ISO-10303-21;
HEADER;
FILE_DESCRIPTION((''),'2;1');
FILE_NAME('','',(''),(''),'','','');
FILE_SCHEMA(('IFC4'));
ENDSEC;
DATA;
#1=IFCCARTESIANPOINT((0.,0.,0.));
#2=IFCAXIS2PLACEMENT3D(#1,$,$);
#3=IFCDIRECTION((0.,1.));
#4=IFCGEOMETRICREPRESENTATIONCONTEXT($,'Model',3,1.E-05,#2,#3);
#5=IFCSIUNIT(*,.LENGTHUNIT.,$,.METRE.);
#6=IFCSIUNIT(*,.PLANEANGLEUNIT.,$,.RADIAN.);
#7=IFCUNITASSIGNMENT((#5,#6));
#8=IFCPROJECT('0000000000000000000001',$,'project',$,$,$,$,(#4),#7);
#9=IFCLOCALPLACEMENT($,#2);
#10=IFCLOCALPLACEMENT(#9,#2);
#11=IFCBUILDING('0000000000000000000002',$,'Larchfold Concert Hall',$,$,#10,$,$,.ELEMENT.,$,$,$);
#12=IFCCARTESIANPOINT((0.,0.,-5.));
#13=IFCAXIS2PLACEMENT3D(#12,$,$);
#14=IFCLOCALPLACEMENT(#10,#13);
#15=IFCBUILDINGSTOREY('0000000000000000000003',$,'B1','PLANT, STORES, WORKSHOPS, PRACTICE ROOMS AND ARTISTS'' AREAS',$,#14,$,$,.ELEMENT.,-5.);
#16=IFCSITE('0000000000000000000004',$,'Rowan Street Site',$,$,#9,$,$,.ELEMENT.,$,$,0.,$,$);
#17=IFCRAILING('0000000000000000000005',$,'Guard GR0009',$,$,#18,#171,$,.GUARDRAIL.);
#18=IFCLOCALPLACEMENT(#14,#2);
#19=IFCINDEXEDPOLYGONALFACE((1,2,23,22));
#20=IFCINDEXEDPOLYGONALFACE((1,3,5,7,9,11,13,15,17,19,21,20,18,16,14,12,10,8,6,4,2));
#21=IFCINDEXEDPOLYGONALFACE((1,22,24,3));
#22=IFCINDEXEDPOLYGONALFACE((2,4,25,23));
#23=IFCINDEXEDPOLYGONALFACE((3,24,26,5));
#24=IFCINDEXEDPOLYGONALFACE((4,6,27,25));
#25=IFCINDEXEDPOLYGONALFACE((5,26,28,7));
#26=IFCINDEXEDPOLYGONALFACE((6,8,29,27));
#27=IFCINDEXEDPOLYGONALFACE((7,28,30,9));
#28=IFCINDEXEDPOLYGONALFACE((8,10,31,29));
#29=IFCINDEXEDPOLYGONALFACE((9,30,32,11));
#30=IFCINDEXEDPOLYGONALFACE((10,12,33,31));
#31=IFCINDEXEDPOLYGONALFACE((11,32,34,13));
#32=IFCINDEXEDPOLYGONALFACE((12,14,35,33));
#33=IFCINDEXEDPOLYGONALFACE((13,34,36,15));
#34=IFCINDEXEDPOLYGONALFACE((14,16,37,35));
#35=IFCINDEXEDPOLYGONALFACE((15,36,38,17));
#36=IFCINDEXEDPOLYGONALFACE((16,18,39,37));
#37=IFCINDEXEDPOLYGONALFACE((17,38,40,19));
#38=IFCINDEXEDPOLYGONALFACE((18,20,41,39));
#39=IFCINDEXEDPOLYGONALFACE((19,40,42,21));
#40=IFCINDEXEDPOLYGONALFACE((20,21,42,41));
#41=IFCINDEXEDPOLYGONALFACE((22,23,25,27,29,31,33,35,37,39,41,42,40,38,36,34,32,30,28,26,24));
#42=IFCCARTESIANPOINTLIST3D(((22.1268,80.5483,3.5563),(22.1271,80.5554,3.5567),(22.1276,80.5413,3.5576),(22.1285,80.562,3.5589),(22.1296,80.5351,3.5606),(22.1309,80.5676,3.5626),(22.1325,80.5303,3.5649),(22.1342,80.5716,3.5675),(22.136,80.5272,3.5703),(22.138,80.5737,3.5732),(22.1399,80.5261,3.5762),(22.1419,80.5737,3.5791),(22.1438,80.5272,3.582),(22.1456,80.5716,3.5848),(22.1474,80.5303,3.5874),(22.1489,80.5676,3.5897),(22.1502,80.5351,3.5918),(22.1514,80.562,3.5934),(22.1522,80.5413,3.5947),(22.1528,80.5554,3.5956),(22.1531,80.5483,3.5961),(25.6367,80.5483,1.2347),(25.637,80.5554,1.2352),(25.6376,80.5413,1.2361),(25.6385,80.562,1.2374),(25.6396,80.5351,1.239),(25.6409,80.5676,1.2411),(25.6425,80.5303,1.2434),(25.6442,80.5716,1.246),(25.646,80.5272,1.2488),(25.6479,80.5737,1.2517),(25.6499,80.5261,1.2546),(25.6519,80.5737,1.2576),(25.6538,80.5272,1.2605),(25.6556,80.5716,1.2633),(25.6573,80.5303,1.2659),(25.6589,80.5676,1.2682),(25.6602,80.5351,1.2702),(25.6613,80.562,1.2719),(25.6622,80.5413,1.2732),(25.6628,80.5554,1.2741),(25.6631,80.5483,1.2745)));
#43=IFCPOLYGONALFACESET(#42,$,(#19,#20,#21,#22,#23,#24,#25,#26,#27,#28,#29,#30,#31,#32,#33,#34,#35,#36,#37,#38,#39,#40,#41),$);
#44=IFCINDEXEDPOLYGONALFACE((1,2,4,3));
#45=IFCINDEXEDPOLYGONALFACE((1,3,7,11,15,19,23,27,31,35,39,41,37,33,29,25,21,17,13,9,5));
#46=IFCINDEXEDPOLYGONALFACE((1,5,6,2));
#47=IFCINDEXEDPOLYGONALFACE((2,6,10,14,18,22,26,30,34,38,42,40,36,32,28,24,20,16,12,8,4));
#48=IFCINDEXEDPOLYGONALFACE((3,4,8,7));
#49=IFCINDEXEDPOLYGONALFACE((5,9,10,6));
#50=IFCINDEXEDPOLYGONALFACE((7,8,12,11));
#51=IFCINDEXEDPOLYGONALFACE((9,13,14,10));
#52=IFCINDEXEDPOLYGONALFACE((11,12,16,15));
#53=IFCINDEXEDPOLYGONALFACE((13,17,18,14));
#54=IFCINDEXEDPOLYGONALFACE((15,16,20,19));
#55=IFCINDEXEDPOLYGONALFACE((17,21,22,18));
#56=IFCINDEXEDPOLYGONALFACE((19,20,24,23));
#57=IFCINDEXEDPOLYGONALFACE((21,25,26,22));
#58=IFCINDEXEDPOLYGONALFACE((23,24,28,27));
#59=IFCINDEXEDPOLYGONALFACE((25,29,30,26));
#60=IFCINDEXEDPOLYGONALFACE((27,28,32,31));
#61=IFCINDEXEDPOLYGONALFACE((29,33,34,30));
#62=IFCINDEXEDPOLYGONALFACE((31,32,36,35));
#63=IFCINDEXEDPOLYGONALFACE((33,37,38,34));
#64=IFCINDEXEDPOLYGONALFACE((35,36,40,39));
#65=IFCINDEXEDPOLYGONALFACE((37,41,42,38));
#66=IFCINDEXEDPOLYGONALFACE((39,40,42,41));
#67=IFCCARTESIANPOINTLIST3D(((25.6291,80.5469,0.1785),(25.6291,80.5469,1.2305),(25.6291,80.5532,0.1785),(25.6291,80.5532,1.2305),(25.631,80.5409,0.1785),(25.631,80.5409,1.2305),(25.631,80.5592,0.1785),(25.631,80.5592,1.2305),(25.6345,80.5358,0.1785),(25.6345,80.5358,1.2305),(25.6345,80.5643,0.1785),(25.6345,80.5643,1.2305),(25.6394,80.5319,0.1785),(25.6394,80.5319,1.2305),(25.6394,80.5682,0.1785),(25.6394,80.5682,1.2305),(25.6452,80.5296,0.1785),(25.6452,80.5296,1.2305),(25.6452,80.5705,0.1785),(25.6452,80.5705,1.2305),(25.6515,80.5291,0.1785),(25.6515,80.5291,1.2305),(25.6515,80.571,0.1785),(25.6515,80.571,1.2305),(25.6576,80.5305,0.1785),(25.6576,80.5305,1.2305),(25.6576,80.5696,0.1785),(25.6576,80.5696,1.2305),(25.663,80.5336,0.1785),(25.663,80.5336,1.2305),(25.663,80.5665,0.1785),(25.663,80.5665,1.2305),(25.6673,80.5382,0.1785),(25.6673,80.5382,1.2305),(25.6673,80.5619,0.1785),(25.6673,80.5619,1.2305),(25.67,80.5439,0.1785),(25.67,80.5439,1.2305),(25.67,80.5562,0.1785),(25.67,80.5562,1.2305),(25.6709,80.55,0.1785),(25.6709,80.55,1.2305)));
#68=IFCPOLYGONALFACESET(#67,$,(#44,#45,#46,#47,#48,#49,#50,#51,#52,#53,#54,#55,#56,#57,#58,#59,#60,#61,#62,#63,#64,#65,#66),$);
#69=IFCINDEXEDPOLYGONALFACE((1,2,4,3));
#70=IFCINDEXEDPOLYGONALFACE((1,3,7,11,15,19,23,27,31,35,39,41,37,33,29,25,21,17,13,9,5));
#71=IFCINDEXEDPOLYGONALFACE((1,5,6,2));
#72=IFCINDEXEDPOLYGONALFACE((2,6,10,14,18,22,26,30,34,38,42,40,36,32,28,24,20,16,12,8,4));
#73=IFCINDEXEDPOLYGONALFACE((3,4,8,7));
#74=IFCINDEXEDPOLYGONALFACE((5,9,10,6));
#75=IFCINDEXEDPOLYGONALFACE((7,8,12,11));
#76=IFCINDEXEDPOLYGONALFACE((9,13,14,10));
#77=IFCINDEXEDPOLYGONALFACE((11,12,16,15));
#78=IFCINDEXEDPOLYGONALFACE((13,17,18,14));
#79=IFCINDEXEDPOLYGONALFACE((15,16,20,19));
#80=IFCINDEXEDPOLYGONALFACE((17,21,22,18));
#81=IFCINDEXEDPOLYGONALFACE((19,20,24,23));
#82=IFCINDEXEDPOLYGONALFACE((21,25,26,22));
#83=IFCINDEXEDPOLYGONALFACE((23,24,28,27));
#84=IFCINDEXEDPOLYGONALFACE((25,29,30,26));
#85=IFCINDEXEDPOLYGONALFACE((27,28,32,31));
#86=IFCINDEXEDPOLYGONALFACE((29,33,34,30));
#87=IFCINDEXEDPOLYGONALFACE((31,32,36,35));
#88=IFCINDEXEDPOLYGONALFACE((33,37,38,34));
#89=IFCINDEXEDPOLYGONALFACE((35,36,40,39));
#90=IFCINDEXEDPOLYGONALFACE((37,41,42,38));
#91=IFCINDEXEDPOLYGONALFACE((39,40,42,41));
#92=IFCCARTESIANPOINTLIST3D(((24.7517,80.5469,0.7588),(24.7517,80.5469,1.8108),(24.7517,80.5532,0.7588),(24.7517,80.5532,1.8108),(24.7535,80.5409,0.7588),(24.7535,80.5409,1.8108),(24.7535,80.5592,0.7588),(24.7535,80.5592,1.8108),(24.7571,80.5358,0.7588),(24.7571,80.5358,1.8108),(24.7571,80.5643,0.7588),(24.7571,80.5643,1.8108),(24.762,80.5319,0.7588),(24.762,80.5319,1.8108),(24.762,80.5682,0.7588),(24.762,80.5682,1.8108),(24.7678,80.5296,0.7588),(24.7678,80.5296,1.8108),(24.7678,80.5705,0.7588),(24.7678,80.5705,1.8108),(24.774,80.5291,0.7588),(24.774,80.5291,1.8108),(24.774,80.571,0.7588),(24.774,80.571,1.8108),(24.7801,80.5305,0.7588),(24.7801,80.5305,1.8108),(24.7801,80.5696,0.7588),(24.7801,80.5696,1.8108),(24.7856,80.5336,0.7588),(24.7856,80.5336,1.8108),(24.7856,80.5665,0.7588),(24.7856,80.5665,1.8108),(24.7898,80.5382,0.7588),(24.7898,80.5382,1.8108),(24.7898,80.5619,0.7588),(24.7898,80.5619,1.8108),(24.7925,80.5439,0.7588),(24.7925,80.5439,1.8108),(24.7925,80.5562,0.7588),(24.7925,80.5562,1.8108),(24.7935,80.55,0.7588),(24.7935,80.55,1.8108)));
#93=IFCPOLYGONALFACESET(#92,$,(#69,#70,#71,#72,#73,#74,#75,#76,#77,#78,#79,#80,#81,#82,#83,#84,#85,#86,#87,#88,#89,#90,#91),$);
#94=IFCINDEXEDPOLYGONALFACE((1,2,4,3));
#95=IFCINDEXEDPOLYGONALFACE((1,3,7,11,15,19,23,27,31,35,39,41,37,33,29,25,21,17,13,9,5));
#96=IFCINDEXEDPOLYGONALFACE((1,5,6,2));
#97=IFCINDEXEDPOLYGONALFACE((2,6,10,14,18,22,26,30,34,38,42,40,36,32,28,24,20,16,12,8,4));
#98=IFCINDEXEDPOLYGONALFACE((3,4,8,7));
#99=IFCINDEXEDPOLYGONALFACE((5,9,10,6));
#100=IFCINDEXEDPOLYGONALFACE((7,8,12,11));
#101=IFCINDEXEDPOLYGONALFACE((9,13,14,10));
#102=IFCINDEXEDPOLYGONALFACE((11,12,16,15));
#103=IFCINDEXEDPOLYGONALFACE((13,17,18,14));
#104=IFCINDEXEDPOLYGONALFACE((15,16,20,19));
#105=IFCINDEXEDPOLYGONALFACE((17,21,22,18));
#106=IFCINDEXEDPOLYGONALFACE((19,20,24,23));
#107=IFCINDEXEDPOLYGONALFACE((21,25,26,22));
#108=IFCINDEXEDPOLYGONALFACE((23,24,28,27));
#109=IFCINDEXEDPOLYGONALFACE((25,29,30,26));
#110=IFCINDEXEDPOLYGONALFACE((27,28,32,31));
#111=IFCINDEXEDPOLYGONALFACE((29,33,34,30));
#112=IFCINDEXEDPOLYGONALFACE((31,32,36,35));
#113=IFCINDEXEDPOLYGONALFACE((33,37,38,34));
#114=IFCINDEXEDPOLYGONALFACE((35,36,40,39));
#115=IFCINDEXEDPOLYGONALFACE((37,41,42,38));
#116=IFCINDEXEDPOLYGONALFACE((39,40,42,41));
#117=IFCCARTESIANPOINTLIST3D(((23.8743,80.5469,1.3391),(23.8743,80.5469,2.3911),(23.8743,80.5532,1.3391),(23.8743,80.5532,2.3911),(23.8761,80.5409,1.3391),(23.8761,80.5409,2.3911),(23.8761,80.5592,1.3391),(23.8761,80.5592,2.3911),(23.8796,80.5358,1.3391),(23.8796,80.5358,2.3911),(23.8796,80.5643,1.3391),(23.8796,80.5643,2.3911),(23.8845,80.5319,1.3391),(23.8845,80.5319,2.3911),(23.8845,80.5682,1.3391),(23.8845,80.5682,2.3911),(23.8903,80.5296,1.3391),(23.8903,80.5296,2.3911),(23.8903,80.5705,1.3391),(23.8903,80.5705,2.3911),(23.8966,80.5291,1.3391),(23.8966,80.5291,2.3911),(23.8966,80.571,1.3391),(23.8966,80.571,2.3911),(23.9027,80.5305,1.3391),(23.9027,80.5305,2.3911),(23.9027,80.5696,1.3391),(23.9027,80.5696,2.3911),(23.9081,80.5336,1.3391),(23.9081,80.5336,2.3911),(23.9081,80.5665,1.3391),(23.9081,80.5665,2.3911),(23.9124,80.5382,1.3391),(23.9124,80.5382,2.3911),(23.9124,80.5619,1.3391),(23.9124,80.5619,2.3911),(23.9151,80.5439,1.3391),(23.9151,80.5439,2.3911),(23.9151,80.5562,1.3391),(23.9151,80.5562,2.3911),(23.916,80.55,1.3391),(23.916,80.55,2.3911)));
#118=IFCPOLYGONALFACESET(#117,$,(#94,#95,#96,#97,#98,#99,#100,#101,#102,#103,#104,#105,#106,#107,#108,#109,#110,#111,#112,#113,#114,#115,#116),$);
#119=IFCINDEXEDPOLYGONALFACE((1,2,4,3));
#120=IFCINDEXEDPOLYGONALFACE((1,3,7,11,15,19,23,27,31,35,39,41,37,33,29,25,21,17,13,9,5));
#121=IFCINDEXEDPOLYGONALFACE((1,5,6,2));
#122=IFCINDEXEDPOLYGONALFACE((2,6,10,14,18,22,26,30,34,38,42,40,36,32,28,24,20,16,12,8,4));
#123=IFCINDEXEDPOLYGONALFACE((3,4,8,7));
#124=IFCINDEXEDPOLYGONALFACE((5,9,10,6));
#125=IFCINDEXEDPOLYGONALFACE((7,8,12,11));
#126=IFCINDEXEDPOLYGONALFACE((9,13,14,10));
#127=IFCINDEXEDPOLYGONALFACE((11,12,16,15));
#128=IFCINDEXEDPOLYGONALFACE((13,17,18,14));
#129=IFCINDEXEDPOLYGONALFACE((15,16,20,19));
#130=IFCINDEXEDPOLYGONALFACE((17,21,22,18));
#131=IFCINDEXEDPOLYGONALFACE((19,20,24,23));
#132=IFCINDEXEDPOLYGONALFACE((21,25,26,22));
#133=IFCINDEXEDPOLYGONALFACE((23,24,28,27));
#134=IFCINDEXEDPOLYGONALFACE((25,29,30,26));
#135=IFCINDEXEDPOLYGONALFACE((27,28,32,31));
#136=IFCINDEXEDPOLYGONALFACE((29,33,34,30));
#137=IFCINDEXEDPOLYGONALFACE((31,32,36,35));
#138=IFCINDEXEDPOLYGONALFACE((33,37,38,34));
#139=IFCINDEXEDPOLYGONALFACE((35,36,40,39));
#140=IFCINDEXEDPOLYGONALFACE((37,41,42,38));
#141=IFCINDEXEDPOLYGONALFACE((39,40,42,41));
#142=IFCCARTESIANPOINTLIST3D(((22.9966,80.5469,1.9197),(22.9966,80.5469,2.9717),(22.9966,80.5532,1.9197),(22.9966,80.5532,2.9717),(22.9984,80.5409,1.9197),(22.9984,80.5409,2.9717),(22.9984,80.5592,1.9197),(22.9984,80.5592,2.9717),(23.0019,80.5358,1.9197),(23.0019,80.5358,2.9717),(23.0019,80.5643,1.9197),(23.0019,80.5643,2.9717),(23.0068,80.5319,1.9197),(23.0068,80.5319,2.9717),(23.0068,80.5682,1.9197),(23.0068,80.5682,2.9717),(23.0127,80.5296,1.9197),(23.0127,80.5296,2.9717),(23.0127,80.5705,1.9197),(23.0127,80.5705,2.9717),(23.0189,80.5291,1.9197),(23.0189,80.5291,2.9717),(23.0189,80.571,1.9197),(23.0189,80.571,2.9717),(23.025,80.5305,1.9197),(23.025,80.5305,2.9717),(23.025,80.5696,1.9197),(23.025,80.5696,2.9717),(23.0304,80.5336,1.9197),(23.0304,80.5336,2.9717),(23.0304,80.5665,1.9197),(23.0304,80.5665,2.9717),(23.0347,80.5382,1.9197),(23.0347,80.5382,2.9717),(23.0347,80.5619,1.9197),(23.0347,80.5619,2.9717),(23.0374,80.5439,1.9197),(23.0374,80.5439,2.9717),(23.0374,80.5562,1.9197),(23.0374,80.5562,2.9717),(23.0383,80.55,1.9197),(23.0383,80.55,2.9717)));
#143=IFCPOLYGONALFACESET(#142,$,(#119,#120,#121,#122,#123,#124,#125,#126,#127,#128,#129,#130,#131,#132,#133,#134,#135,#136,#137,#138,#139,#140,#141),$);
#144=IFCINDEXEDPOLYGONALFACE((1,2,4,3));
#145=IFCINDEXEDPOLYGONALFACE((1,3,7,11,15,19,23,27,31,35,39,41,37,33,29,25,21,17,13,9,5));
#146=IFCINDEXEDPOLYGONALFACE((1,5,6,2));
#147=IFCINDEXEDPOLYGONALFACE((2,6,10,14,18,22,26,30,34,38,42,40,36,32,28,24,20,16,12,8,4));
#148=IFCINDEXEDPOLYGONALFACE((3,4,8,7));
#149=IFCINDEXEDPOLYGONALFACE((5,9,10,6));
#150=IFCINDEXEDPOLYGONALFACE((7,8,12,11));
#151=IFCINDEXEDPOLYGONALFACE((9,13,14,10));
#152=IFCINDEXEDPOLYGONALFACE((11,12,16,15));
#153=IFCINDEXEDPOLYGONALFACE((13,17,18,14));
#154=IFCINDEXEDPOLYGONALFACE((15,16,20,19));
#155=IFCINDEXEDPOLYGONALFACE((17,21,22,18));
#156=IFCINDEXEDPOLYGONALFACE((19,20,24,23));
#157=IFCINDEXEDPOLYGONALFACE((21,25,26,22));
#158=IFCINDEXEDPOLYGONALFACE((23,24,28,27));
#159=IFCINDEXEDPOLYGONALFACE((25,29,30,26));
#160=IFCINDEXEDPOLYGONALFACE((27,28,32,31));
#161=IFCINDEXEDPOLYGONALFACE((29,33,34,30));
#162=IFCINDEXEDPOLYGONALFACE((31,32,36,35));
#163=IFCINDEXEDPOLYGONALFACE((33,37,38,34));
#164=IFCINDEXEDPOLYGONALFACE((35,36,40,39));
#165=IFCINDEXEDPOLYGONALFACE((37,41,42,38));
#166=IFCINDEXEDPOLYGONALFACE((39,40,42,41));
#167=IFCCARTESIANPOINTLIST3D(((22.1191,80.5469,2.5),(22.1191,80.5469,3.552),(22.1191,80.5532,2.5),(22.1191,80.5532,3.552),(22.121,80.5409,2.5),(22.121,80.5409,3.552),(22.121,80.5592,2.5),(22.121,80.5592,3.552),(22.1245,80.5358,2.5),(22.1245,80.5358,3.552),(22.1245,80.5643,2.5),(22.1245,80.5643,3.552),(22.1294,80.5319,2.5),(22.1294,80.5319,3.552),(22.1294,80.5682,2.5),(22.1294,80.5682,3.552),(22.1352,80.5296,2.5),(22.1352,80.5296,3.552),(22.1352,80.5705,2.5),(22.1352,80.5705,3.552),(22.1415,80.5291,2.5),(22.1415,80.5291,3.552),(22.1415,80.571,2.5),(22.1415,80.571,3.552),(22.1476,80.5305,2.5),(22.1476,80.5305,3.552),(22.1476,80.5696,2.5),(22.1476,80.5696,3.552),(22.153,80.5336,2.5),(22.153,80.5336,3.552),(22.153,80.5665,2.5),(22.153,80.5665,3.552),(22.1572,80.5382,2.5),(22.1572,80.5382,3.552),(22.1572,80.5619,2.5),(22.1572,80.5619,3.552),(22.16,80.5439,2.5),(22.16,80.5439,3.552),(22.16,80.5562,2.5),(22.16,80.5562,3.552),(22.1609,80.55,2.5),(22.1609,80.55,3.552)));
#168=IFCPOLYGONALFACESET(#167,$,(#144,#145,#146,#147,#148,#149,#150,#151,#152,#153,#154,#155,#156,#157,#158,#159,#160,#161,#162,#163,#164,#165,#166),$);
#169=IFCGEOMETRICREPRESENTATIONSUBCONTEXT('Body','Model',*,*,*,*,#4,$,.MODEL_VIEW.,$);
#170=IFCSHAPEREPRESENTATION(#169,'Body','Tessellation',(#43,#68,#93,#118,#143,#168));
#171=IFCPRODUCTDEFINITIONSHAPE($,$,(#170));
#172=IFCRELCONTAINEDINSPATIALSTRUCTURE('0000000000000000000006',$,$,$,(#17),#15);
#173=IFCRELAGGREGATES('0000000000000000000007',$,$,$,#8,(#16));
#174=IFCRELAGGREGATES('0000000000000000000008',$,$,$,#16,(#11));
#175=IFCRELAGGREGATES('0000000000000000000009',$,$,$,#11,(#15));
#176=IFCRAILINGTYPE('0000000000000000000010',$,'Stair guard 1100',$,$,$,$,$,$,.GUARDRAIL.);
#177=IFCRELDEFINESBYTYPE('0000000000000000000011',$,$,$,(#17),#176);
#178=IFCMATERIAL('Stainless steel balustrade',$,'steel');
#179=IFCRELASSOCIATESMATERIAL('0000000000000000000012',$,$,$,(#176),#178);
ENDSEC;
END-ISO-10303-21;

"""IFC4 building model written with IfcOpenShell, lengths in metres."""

from ifc_helpers import new_model, si_unit, direction, frame, origin, origin_2d, place, context, subcontext, project, spatial, circle, extrude, material, type_object, element, save


model = new_model("IFC4")

# Units and contexts
model_context = context("Model", 3, precision=1e-05, world=origin(), true_north=direction((0.0, 1.0)))
body_context = subcontext(model_context, "Body", "Model", "MODEL_VIEW")
ifc_project = project(units=[si_unit("LENGTHUNIT", "METRE"), si_unit("PLANEANGLEUNIT", "RADIAN")], contexts=[model_context])

# Site, building, storey
site_placement = place(None, origin())
site = spatial("IfcSite", under=ifc_project, at=site_placement, Name="Rowan Street Site", CompositionType="ELEMENT", RefElevation=0.0)
building_placement = place(site_placement, origin())
building = spatial("IfcBuilding", under=site, at=building_placement, Name="Larchfold Concert Hall", CompositionType="ELEMENT")
storey_placement = place(building_placement, frame((0.0, 0.0, -5.0)))
storey = spatial("IfcBuildingStorey", under=building, at=storey_placement, Name="B1", Description="PLANT, STORES, WORKSHOPS, PRACTICE ROOMS AND ARTISTS' AREAS", CompositionType="ELEMENT", Elevation=-5.0)

# Railing
ifc_material_1 = material(Name="Stainless steel balustrade", Category="steel")
railing_type_1 = type_object("IfcRailingType", Name="Stair guard 1100", PredefinedType="GUARDRAIL", material=ifc_material_1)
railing_1_placement = place(storey_placement, frame((25.6499, 80.55, 0.1785)))
element("IfcRailing", 1, at=railing_1_placement, inside=storey, type_object=railing_type_1, Name="Guard GR0009", PredefinedType="GUARDRAIL", context=body_context, shape_type="SweptSolid", body=[
    extrude(circle(Radius=0.0239, at=origin_2d()), frame((0.0, 0.0, 1.0762), z_axis=(-0.834071, 0.0, 0.551657), x_axis=(0.0, -1.0, 0.0)), (0.0, 0.0, 1.0), 4.2083),
    extrude(circle(Radius=0.021, at=origin_2d()), origin(), (0.0, 0.0, 1.0), 1.052),
    extrude(circle(Radius=0.021, at=origin_2d()), frame((-0.8774, 0.0, 0.5803)), (0.0, 0.0, 1.0), 1.052),
    extrude(circle(Radius=0.021, at=origin_2d()), frame((-1.7549, 0.0, 1.1606)), (0.0, 0.0, 1.0), 1.052),
    extrude(circle(Radius=0.021, at=origin_2d()), frame((-2.6326, 0.0, 1.7412)), (0.0, 0.0, 1.0), 1.052),
    extrude(circle(Radius=0.021, at=origin_2d()), frame((-3.51, 0.0, 2.3215)), (0.0, 0.0, 1.0), 1.052),
])

save(model, "model.ifc")
